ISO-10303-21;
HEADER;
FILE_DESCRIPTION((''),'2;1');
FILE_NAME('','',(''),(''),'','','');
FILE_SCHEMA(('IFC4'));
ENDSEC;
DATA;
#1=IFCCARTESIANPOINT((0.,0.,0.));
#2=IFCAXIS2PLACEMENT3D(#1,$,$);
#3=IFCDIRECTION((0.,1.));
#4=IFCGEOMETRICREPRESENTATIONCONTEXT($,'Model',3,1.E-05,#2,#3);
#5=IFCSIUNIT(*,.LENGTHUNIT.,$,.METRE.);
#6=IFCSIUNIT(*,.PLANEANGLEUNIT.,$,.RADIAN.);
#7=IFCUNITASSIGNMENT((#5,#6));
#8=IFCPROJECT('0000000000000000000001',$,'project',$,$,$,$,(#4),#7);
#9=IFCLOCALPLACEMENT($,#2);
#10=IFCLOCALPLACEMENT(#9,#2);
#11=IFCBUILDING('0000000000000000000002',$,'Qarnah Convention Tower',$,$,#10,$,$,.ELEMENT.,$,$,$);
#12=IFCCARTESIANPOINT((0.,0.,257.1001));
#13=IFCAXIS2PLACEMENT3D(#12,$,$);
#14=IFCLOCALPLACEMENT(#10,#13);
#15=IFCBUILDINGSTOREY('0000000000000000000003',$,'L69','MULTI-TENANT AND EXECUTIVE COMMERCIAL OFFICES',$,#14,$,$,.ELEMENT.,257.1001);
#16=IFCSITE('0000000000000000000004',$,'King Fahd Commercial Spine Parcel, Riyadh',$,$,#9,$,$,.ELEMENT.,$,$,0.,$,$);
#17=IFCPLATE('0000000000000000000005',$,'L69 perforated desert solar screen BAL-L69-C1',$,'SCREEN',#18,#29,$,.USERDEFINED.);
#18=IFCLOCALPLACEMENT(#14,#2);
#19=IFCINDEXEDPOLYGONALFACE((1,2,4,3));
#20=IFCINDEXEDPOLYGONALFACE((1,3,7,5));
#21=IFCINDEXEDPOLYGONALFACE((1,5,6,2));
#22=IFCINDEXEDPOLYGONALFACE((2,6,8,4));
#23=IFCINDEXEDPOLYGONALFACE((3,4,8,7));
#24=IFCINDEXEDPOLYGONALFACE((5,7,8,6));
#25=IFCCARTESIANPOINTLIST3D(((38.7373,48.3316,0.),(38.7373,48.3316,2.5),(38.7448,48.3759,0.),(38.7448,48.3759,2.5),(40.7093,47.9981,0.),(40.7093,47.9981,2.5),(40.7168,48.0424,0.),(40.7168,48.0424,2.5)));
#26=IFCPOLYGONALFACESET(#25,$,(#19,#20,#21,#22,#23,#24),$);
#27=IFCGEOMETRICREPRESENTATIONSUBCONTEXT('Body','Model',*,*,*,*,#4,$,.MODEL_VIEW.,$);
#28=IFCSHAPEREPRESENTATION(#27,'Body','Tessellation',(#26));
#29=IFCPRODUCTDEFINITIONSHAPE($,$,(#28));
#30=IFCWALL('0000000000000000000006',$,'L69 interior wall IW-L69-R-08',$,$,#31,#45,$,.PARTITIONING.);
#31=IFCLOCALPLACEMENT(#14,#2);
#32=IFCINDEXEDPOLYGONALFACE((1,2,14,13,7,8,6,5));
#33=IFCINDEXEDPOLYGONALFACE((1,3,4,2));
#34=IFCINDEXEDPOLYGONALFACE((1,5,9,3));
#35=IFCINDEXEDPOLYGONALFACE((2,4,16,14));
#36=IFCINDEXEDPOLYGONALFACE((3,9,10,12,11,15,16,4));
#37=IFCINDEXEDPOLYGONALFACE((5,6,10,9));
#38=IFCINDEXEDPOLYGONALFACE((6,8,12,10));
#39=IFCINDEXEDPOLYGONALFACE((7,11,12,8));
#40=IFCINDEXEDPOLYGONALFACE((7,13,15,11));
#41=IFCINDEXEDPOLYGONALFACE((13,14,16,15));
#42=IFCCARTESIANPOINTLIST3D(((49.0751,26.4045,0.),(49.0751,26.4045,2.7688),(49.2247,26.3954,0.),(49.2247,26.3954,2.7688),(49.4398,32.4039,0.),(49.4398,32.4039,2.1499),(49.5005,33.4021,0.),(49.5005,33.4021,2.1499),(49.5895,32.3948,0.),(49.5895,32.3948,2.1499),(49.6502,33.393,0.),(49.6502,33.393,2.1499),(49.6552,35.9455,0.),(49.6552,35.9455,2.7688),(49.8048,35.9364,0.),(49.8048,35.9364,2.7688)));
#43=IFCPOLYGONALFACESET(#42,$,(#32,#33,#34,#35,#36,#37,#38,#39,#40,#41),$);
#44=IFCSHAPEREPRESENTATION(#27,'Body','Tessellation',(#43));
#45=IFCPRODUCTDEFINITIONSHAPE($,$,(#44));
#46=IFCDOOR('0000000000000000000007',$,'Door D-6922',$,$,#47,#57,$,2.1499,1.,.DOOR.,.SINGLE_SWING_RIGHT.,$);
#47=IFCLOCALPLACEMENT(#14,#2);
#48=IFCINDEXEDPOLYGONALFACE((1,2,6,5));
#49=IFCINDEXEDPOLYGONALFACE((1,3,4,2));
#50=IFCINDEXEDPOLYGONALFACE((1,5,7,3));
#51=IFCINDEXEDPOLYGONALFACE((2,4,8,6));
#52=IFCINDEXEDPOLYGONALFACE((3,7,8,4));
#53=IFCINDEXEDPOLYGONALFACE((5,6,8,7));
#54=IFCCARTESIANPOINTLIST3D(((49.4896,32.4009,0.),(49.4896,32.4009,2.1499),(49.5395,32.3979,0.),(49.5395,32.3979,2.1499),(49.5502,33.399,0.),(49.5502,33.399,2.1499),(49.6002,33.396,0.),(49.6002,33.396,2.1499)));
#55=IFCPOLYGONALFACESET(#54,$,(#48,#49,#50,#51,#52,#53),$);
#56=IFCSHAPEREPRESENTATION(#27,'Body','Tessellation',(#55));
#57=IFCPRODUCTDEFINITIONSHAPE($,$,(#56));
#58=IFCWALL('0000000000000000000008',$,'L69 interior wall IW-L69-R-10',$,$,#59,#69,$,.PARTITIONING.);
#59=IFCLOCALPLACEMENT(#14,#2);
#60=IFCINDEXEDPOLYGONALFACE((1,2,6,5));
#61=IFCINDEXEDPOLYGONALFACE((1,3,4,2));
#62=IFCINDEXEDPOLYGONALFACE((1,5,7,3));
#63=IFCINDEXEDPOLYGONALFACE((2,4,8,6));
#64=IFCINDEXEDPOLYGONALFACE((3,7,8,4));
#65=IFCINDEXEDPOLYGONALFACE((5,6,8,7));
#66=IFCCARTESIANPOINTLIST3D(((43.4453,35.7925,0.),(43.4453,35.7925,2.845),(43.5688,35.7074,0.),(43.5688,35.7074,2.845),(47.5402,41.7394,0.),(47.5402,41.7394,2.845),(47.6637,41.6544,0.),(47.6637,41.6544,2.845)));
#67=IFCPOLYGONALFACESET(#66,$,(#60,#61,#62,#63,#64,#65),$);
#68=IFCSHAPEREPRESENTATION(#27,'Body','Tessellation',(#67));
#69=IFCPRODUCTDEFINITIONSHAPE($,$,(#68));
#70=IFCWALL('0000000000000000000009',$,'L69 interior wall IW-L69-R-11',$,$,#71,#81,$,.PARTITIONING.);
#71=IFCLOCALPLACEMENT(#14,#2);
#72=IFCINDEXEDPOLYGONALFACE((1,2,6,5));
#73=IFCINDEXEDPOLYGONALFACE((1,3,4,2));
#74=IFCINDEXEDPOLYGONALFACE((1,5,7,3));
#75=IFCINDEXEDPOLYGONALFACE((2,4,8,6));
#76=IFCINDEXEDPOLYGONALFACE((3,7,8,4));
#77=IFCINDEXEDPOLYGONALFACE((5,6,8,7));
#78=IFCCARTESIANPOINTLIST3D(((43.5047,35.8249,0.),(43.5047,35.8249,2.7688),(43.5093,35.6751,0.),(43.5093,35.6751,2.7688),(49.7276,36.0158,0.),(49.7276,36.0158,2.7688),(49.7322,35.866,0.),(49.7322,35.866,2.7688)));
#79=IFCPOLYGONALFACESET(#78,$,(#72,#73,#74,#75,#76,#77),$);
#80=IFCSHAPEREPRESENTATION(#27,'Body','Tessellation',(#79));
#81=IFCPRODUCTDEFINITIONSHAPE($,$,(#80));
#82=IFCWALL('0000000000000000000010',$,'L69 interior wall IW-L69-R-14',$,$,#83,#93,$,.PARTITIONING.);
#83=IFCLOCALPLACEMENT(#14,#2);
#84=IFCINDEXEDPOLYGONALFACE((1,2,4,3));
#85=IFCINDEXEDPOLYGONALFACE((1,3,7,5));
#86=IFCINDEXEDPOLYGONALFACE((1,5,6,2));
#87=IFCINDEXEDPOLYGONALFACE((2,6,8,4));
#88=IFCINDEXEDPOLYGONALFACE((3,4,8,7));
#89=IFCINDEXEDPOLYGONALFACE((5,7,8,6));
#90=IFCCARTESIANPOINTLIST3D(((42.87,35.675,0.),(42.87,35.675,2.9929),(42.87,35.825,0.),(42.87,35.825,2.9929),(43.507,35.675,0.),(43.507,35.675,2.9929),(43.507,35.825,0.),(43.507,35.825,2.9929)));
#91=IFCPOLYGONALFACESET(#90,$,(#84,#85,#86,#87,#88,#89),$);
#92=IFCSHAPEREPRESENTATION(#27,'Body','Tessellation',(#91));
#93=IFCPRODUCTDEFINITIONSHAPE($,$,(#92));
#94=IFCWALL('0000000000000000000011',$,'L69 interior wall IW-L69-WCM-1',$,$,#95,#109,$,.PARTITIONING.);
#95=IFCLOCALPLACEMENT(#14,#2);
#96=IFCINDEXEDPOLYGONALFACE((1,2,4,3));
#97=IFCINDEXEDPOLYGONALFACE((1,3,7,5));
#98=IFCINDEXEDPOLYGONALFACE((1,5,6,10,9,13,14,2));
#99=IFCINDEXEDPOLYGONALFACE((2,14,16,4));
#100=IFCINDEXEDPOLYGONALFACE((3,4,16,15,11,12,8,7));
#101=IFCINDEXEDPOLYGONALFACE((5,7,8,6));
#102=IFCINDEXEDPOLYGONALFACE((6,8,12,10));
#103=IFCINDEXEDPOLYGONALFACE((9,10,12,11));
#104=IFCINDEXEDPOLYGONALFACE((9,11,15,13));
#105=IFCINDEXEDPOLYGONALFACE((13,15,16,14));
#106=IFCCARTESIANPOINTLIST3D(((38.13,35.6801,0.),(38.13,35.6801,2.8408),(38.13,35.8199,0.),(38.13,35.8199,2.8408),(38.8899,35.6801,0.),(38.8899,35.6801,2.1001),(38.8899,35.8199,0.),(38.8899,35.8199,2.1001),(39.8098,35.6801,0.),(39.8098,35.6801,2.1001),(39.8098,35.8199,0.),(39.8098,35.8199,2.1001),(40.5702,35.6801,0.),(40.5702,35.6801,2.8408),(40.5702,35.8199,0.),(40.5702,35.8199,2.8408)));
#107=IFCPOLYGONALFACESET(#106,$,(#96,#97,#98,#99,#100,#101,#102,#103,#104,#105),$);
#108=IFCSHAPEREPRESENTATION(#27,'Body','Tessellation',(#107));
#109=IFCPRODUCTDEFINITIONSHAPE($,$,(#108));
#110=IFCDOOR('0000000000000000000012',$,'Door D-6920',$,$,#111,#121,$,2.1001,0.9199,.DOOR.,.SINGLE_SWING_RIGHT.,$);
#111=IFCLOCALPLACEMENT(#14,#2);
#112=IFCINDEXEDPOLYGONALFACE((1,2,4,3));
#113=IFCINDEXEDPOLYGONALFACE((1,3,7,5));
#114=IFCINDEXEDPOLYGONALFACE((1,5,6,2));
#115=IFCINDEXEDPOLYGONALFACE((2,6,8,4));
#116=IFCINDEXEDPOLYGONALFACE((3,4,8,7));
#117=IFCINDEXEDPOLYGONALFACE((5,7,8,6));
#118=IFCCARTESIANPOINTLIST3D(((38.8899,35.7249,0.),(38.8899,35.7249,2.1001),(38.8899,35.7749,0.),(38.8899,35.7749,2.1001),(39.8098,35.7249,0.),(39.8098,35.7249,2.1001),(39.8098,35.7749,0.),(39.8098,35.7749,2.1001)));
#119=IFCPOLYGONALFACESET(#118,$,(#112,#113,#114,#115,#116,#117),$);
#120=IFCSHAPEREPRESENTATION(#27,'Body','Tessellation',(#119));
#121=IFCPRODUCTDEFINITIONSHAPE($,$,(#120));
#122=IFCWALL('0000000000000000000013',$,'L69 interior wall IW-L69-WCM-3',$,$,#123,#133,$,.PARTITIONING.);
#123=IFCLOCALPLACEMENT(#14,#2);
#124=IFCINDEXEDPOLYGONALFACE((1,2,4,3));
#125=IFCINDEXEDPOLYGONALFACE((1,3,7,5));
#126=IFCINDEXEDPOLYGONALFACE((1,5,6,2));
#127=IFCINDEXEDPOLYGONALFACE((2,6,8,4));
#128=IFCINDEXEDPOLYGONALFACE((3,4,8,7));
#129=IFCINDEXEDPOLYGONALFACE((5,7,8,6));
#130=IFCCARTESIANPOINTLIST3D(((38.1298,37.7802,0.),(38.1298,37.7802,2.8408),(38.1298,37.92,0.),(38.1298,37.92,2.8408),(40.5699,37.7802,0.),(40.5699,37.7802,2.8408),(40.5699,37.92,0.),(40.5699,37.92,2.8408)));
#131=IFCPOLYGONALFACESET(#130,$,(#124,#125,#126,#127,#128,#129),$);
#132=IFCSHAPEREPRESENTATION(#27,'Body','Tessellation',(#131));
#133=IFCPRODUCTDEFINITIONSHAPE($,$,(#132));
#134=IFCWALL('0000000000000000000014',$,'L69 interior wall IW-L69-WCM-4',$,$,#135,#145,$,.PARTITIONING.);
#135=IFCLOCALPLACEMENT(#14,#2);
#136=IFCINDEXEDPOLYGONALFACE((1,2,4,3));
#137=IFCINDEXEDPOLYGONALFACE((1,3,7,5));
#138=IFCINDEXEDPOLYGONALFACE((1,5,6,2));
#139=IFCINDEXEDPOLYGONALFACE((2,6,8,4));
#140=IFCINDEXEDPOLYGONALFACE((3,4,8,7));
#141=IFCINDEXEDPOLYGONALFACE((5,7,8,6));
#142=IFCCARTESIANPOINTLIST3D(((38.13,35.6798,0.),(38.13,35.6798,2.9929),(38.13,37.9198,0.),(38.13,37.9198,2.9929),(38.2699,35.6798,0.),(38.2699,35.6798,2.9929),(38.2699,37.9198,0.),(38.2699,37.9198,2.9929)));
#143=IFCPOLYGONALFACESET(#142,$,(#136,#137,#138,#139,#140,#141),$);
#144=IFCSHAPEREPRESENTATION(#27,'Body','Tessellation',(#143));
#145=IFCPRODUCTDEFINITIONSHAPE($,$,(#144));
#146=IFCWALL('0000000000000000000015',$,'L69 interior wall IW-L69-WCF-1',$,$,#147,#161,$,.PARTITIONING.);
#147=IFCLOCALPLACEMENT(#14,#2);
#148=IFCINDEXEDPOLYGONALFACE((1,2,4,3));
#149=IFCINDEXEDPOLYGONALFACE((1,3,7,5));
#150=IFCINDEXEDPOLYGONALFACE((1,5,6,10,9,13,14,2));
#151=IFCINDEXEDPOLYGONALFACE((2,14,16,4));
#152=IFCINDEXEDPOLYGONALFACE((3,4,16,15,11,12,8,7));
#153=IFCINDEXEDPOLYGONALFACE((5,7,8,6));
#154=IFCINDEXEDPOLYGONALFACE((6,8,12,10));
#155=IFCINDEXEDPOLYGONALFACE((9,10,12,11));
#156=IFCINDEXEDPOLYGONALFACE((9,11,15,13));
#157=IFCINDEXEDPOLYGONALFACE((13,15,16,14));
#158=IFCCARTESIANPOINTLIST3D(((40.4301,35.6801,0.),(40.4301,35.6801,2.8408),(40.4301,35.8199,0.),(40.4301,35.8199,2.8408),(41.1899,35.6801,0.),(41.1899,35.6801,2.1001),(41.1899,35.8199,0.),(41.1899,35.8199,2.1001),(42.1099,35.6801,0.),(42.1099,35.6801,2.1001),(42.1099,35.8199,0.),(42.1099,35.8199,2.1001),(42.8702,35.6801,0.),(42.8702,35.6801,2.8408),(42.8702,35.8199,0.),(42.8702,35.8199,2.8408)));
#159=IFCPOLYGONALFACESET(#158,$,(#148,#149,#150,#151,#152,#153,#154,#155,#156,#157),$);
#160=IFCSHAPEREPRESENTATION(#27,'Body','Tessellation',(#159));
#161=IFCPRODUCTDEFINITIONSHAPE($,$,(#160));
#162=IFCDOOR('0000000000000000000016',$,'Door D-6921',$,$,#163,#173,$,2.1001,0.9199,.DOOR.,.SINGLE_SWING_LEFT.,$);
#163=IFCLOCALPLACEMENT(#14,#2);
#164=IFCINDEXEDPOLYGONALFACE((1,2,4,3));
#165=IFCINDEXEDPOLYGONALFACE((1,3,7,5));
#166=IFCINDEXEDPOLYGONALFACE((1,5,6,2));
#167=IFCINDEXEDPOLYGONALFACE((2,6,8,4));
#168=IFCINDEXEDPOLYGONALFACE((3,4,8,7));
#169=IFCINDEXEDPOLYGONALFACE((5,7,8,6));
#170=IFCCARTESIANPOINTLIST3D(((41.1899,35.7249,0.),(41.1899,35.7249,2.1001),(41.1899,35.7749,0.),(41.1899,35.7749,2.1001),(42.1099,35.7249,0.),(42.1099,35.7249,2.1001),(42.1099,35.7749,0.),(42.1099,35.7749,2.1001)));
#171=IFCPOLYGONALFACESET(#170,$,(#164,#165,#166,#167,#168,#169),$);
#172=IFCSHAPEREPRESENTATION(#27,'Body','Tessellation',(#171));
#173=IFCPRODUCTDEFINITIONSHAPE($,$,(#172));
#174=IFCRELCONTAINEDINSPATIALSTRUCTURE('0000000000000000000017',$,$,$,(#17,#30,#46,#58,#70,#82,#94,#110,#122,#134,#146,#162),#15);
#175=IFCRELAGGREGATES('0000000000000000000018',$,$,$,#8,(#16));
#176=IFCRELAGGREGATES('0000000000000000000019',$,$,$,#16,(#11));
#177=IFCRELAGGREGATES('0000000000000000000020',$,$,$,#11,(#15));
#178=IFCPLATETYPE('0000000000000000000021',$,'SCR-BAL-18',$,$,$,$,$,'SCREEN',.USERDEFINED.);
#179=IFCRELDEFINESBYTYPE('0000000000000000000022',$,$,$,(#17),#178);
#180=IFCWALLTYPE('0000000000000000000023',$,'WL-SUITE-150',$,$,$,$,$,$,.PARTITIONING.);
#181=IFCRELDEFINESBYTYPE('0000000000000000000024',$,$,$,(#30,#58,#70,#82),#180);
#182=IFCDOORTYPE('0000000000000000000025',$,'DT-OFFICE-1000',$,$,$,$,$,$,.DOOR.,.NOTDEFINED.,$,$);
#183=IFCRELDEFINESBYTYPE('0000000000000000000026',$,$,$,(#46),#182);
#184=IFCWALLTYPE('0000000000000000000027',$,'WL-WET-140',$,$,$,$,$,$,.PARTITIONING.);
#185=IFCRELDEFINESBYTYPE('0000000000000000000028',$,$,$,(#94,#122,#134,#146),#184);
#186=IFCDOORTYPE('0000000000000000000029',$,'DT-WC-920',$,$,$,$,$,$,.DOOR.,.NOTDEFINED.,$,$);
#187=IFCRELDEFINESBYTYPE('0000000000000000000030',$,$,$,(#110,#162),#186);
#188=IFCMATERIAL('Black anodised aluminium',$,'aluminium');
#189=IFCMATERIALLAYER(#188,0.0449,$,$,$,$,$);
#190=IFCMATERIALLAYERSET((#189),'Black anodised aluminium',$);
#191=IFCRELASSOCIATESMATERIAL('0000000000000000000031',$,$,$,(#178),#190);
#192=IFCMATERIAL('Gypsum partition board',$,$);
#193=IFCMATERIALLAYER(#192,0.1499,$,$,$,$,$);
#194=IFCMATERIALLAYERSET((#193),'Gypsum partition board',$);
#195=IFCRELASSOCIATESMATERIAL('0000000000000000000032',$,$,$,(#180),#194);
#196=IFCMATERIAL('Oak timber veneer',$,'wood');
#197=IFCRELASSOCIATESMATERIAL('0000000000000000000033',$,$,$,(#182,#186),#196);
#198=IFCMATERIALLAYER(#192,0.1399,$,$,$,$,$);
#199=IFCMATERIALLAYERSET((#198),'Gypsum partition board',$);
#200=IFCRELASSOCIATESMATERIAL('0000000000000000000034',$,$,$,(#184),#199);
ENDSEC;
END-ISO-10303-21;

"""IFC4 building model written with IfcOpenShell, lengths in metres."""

from ifc_helpers import new_model, si_unit, direction, frame, frame_2d, origin, origin_2d, place, context, subcontext, project, spatial, rectangle, extrude, material, layer, layer_set, type_object, element, fill, save


model = new_model("IFC4")

# Units and contexts
model_context = context("Model", 3, precision=1e-05, world=origin(), true_north=direction((0.0, 1.0)))
body_context = subcontext(model_context, "Body", "Model", "MODEL_VIEW")
ifc_project = project(units=[si_unit("LENGTHUNIT", "METRE"), si_unit("PLANEANGLEUNIT", "RADIAN")], contexts=[model_context])

# Site, building, storey
site_placement = place(None, origin())
site = spatial("IfcSite", under=ifc_project, at=site_placement, Name="King Fahd Commercial Spine Parcel, Riyadh", CompositionType="ELEMENT", RefElevation=0.0)
building_placement = place(site_placement, origin())
building = spatial("IfcBuilding", under=site, at=building_placement, Name="Qarnah Convention Tower", CompositionType="ELEMENT")
storey_placement = place(building_placement, frame((0.0, 0.0, 257.1001)))
storey = spatial("IfcBuildingStorey", under=building, at=storey_placement, Name="L69", Description="MULTI-TENANT AND EXECUTIVE COMMERCIAL OFFICES", CompositionType="ELEMENT", Elevation=257.1001)

# Shared definitions
ifc_material_1 = material(Name="Black anodised aluminium", Category="aluminium")

# Plate
ifc_layer_1 = layer(ifc_material_1, 0.0449)
ifc_layer_set_1 = layer_set([ifc_layer_1], Name="Black anodised aluminium")
plate_type_1 = type_object("IfcPlateType", Name="SCR-BAL-18", ElementType="SCREEN", PredefinedType="USERDEFINED", material=ifc_layer_set_1)
plate_1_placement = place(storey_placement, frame((39.7271, 48.187, 0.0), z_axis=(0.0, 0.0, 1.0), x_axis=(0.985999, -0.16675, 0.0)))
element("IfcPlate", 1, at=plate_1_placement, inside=storey, type_object=plate_type_1, Name="L69 perforated desert solar screen BAL-L69-C1", ObjectType="SCREEN", PredefinedType="USERDEFINED", context=body_context, shape_type="SweptSolid", body=[
    extrude(rectangle(XDim=2.0, YDim=0.0449, at=origin_2d()), origin(), (0.0, 0.0, 1.0), 2.5),
])

# Wall, opening, door
ifc_material_2 = material(Name="Gypsum partition board")
ifc_layer_2 = layer(ifc_material_2, 0.1499)
ifc_layer_set_2 = layer_set([ifc_layer_2], Name="Gypsum partition board")
wall_type_1 = type_object("IfcWallType", Name="WL-SUITE-150", PredefinedType="PARTITIONING", material=ifc_layer_set_2)
wall_1_placement = place(storey_placement, frame((49.73, 35.9409, 0.0), z_axis=(0.0, 0.0, 1.0), x_axis=(-0.060686, -0.998157, 0.0)))
wall_1 = element("IfcWall", 2, at=wall_1_placement, inside=storey, type_object=wall_type_1, Name="L69 interior wall IW-L69-R-08", PredefinedType="PARTITIONING", context=body_context, shape_type="SweptSolid", body=[
    extrude(rectangle(XDim=9.5586, YDim=0.1499, at=frame_2d((4.7793, 0.0))), origin(), (0.0, 0.0, 1.0), 2.7688),
])
opening_1_placement = place(wall_1_placement, frame((2.5481, 0.0, 0.0)))
opening_1 = element("IfcOpeningElement", 3, at=opening_1_placement, cuts=wall_1, PredefinedType="OPENING", context=body_context, shape_type="SweptSolid", body=[
    extrude(rectangle(XDim=1.0, YDim=2.1499, at=frame_2d((0.5, 1.075))), frame((0.0, 0.085, 0.0), z_axis=(0.0, -1.0, 0.0), x_axis=(1.0, 0.0, 0.0)), (0.0, 0.0, 1.0), 0.1699),
])
ifc_material_3 = material(Name="Oak timber veneer", Category="wood")
door_type_1 = type_object("IfcDoorType", Name="DT-OFFICE-1000", OperationType="NOTDEFINED", PredefinedType="DOOR", material=ifc_material_3)
door_1_placement = place(opening_1_placement, origin())
door_1 = element("IfcDoor", 4, at=door_1_placement, inside=storey, type_object=door_type_1, Name="Door D-6922", OperationType="SINGLE_SWING_RIGHT", OverallHeight=2.1499, OverallWidth=1.0, PredefinedType="DOOR", context=body_context, shape_type="SweptSolid", body=[
    extrude(rectangle(XDim=1.0, YDim=2.1499, at=frame_2d((0.5, 1.075))), frame((0.0, 0.0249, 0.0), z_axis=(0.0, -1.0, 0.0), x_axis=(1.0, 0.0, 0.0)), (0.0, 0.0, 1.0), 0.05),
])
fill(opening_1, door_1)

# Walls
wall_2_placement = place(storey_placement, frame((47.6021, 41.697, 0.0), z_axis=(0.0, 0.0, 1.0), x_axis=(-0.56713, -0.823628, 0.0)))
element("IfcWall", 5, at=wall_2_placement, inside=storey, type_object=wall_type_1, Name="L69 interior wall IW-L69-R-10", PredefinedType="PARTITIONING", context=body_context, shape_type="SweptSolid", body=[
    extrude(rectangle(XDim=7.2205, YDim=0.1499, at=frame_2d((3.6104, 0.0))), origin(), (0.0, 0.0, 1.0), 2.845),
])
wall_3_placement = place(storey_placement, frame((43.5071, 35.75, 0.0), z_axis=(0.0, 0.0, 1.0), x_axis=(0.99953, 0.030665, 0.0)))
element("IfcWall", 6, at=wall_3_placement, inside=storey, type_object=wall_type_1, Name="L69 interior wall IW-L69-R-11", PredefinedType="PARTITIONING", context=body_context, shape_type="SweptSolid", body=[
    extrude(rectangle(XDim=6.2258, YDim=0.1499, at=frame_2d((3.1128, 0.0))), origin(), (0.0, 0.0, 1.0), 2.7688),
])
wall_4_placement = place(storey_placement, frame((42.8701, 35.75, 0.0), z_axis=(0.0, 0.0, 1.0), x_axis=(1.0, 0.0, 0.0)))
element("IfcWall", 7, at=wall_4_placement, inside=storey, type_object=wall_type_1, Name="L69 interior wall IW-L69-R-14", PredefinedType="PARTITIONING", context=body_context, shape_type="SweptSolid", body=[
    extrude(rectangle(XDim=0.637, YDim=0.1499, at=frame_2d((0.3184, 0.0))), origin(), (0.0, 0.0, 1.0), 2.9929),
])

# Wall, opening, door
ifc_layer_3 = layer(ifc_material_2, 0.1399)
ifc_layer_set_3 = layer_set([ifc_layer_3], Name="Gypsum partition board")
wall_type_2 = type_object("IfcWallType", Name="WL-WET-140", PredefinedType="PARTITIONING", material=ifc_layer_set_3)
wall_5_placement = place(storey_placement, frame((38.1299, 35.75, 0.0), z_axis=(0.0, 0.0, 1.0), x_axis=(1.0, 0.0, 0.0)))
wall_5 = element("IfcWall", 8, at=wall_5_placement, inside=storey, type_object=wall_type_2, Name="L69 interior wall IW-L69-WCM-1", PredefinedType="PARTITIONING", context=body_context, shape_type="SweptSolid", body=[
    extrude(rectangle(XDim=2.4402, YDim=0.1399, at=frame_2d((1.2202, 0.0))), origin(), (0.0, 0.0, 1.0), 2.8408),
])
opening_2_placement = place(wall_5_placement, frame((0.76, 0.0, 0.0)))
opening_2 = element("IfcOpeningElement", 9, at=opening_2_placement, cuts=wall_5, PredefinedType="OPENING", context=body_context, shape_type="SweptSolid", body=[
    extrude(rectangle(XDim=0.9199, YDim=2.1001, at=frame_2d((0.46, 1.05))), frame((0.0, 0.0798, 0.0), z_axis=(0.0, -1.0, 0.0), x_axis=(1.0, 0.0, 0.0)), (0.0, 0.0, 1.0), 0.1599),
])
door_type_2 = type_object("IfcDoorType", Name="DT-WC-920", OperationType="NOTDEFINED", PredefinedType="DOOR", material=ifc_material_3)
door_2_placement = place(opening_2_placement, origin())
door_2 = element("IfcDoor", 10, at=door_2_placement, inside=storey, type_object=door_type_2, Name="Door D-6920", OperationType="SINGLE_SWING_RIGHT", OverallHeight=2.1001, OverallWidth=0.9199, PredefinedType="DOOR", context=body_context, shape_type="SweptSolid", body=[
    extrude(rectangle(XDim=0.9199, YDim=2.1001, at=frame_2d((0.46, 1.05))), frame((0.0, 0.0249, 0.0), z_axis=(0.0, -1.0, 0.0), x_axis=(1.0, 0.0, 0.0)), (0.0, 0.0, 1.0), 0.05),
])
fill(opening_2, door_2)

# Walls
wall_6_placement = place(storey_placement, frame((40.5701, 37.8501, 0.0), z_axis=(0.0, 0.0, 1.0), x_axis=(-1.0, 0.0, 0.0)))
element("IfcWall", 11, at=wall_6_placement, inside=storey, type_object=wall_type_2, Name="L69 interior wall IW-L69-WCM-3", PredefinedType="PARTITIONING", context=body_context, shape_type="SweptSolid", body=[
    extrude(rectangle(XDim=2.4402, YDim=0.1399, at=frame_2d((1.2202, 0.0))), origin(), (0.0, 0.0, 1.0), 2.8408),
])
wall_7_placement = place(storey_placement, frame((38.2, 37.9199, 0.0), z_axis=(0.0, 0.0, 1.0), x_axis=(0.0, -1.0, 0.0)))
element("IfcWall", 12, at=wall_7_placement, inside=storey, type_object=wall_type_2, Name="L69 interior wall IW-L69-WCM-4", PredefinedType="PARTITIONING", context=body_context, shape_type="SweptSolid", body=[
    extrude(rectangle(XDim=2.24, YDim=0.1399, at=frame_2d((1.1201, 0.0))), origin(), (0.0, 0.0, 1.0), 2.9929),
])

# Wall, opening, door
wall_8_placement = place(storey_placement, frame((40.4299, 35.75, 0.0), z_axis=(0.0, 0.0, 1.0), x_axis=(1.0, 0.0, 0.0)))
wall_8 = element("IfcWall", 13, at=wall_8_placement, inside=storey, type_object=wall_type_2, Name="L69 interior wall IW-L69-WCF-1", PredefinedType="PARTITIONING", context=body_context, shape_type="SweptSolid", body=[
    extrude(rectangle(XDim=2.4402, YDim=0.1399, at=frame_2d((1.2202, 0.0))), origin(), (0.0, 0.0, 1.0), 2.8408),
])
opening_3_placement = place(wall_8_placement, frame((0.76, 0.0, 0.0)))
opening_3 = element("IfcOpeningElement", 14, at=opening_3_placement, cuts=wall_8, PredefinedType="OPENING", context=body_context, shape_type="SweptSolid", body=[
    extrude(rectangle(XDim=0.9199, YDim=2.1001, at=frame_2d((0.46, 1.05))), frame((0.0, 0.0798, 0.0), z_axis=(0.0, -1.0, 0.0), x_axis=(1.0, 0.0, 0.0)), (0.0, 0.0, 1.0), 0.1599),
])
door_3_placement = place(opening_3_placement, origin())
door_3 = element("IfcDoor", 15, at=door_3_placement, inside=storey, type_object=door_type_2, Name="Door D-6921", OperationType="SINGLE_SWING_LEFT", OverallHeight=2.1001, OverallWidth=0.9199, PredefinedType="DOOR", context=body_context, shape_type="SweptSolid", body=[
    extrude(rectangle(XDim=0.9199, YDim=2.1001, at=frame_2d((0.46, 1.05))), frame((0.0, 0.0249, 0.0), z_axis=(0.0, -1.0, 0.0), x_axis=(1.0, 0.0, 0.0)), (0.0, 0.0, 1.0), 0.05),
])
fill(opening_3, door_3)

save(model, "model.ifc")
